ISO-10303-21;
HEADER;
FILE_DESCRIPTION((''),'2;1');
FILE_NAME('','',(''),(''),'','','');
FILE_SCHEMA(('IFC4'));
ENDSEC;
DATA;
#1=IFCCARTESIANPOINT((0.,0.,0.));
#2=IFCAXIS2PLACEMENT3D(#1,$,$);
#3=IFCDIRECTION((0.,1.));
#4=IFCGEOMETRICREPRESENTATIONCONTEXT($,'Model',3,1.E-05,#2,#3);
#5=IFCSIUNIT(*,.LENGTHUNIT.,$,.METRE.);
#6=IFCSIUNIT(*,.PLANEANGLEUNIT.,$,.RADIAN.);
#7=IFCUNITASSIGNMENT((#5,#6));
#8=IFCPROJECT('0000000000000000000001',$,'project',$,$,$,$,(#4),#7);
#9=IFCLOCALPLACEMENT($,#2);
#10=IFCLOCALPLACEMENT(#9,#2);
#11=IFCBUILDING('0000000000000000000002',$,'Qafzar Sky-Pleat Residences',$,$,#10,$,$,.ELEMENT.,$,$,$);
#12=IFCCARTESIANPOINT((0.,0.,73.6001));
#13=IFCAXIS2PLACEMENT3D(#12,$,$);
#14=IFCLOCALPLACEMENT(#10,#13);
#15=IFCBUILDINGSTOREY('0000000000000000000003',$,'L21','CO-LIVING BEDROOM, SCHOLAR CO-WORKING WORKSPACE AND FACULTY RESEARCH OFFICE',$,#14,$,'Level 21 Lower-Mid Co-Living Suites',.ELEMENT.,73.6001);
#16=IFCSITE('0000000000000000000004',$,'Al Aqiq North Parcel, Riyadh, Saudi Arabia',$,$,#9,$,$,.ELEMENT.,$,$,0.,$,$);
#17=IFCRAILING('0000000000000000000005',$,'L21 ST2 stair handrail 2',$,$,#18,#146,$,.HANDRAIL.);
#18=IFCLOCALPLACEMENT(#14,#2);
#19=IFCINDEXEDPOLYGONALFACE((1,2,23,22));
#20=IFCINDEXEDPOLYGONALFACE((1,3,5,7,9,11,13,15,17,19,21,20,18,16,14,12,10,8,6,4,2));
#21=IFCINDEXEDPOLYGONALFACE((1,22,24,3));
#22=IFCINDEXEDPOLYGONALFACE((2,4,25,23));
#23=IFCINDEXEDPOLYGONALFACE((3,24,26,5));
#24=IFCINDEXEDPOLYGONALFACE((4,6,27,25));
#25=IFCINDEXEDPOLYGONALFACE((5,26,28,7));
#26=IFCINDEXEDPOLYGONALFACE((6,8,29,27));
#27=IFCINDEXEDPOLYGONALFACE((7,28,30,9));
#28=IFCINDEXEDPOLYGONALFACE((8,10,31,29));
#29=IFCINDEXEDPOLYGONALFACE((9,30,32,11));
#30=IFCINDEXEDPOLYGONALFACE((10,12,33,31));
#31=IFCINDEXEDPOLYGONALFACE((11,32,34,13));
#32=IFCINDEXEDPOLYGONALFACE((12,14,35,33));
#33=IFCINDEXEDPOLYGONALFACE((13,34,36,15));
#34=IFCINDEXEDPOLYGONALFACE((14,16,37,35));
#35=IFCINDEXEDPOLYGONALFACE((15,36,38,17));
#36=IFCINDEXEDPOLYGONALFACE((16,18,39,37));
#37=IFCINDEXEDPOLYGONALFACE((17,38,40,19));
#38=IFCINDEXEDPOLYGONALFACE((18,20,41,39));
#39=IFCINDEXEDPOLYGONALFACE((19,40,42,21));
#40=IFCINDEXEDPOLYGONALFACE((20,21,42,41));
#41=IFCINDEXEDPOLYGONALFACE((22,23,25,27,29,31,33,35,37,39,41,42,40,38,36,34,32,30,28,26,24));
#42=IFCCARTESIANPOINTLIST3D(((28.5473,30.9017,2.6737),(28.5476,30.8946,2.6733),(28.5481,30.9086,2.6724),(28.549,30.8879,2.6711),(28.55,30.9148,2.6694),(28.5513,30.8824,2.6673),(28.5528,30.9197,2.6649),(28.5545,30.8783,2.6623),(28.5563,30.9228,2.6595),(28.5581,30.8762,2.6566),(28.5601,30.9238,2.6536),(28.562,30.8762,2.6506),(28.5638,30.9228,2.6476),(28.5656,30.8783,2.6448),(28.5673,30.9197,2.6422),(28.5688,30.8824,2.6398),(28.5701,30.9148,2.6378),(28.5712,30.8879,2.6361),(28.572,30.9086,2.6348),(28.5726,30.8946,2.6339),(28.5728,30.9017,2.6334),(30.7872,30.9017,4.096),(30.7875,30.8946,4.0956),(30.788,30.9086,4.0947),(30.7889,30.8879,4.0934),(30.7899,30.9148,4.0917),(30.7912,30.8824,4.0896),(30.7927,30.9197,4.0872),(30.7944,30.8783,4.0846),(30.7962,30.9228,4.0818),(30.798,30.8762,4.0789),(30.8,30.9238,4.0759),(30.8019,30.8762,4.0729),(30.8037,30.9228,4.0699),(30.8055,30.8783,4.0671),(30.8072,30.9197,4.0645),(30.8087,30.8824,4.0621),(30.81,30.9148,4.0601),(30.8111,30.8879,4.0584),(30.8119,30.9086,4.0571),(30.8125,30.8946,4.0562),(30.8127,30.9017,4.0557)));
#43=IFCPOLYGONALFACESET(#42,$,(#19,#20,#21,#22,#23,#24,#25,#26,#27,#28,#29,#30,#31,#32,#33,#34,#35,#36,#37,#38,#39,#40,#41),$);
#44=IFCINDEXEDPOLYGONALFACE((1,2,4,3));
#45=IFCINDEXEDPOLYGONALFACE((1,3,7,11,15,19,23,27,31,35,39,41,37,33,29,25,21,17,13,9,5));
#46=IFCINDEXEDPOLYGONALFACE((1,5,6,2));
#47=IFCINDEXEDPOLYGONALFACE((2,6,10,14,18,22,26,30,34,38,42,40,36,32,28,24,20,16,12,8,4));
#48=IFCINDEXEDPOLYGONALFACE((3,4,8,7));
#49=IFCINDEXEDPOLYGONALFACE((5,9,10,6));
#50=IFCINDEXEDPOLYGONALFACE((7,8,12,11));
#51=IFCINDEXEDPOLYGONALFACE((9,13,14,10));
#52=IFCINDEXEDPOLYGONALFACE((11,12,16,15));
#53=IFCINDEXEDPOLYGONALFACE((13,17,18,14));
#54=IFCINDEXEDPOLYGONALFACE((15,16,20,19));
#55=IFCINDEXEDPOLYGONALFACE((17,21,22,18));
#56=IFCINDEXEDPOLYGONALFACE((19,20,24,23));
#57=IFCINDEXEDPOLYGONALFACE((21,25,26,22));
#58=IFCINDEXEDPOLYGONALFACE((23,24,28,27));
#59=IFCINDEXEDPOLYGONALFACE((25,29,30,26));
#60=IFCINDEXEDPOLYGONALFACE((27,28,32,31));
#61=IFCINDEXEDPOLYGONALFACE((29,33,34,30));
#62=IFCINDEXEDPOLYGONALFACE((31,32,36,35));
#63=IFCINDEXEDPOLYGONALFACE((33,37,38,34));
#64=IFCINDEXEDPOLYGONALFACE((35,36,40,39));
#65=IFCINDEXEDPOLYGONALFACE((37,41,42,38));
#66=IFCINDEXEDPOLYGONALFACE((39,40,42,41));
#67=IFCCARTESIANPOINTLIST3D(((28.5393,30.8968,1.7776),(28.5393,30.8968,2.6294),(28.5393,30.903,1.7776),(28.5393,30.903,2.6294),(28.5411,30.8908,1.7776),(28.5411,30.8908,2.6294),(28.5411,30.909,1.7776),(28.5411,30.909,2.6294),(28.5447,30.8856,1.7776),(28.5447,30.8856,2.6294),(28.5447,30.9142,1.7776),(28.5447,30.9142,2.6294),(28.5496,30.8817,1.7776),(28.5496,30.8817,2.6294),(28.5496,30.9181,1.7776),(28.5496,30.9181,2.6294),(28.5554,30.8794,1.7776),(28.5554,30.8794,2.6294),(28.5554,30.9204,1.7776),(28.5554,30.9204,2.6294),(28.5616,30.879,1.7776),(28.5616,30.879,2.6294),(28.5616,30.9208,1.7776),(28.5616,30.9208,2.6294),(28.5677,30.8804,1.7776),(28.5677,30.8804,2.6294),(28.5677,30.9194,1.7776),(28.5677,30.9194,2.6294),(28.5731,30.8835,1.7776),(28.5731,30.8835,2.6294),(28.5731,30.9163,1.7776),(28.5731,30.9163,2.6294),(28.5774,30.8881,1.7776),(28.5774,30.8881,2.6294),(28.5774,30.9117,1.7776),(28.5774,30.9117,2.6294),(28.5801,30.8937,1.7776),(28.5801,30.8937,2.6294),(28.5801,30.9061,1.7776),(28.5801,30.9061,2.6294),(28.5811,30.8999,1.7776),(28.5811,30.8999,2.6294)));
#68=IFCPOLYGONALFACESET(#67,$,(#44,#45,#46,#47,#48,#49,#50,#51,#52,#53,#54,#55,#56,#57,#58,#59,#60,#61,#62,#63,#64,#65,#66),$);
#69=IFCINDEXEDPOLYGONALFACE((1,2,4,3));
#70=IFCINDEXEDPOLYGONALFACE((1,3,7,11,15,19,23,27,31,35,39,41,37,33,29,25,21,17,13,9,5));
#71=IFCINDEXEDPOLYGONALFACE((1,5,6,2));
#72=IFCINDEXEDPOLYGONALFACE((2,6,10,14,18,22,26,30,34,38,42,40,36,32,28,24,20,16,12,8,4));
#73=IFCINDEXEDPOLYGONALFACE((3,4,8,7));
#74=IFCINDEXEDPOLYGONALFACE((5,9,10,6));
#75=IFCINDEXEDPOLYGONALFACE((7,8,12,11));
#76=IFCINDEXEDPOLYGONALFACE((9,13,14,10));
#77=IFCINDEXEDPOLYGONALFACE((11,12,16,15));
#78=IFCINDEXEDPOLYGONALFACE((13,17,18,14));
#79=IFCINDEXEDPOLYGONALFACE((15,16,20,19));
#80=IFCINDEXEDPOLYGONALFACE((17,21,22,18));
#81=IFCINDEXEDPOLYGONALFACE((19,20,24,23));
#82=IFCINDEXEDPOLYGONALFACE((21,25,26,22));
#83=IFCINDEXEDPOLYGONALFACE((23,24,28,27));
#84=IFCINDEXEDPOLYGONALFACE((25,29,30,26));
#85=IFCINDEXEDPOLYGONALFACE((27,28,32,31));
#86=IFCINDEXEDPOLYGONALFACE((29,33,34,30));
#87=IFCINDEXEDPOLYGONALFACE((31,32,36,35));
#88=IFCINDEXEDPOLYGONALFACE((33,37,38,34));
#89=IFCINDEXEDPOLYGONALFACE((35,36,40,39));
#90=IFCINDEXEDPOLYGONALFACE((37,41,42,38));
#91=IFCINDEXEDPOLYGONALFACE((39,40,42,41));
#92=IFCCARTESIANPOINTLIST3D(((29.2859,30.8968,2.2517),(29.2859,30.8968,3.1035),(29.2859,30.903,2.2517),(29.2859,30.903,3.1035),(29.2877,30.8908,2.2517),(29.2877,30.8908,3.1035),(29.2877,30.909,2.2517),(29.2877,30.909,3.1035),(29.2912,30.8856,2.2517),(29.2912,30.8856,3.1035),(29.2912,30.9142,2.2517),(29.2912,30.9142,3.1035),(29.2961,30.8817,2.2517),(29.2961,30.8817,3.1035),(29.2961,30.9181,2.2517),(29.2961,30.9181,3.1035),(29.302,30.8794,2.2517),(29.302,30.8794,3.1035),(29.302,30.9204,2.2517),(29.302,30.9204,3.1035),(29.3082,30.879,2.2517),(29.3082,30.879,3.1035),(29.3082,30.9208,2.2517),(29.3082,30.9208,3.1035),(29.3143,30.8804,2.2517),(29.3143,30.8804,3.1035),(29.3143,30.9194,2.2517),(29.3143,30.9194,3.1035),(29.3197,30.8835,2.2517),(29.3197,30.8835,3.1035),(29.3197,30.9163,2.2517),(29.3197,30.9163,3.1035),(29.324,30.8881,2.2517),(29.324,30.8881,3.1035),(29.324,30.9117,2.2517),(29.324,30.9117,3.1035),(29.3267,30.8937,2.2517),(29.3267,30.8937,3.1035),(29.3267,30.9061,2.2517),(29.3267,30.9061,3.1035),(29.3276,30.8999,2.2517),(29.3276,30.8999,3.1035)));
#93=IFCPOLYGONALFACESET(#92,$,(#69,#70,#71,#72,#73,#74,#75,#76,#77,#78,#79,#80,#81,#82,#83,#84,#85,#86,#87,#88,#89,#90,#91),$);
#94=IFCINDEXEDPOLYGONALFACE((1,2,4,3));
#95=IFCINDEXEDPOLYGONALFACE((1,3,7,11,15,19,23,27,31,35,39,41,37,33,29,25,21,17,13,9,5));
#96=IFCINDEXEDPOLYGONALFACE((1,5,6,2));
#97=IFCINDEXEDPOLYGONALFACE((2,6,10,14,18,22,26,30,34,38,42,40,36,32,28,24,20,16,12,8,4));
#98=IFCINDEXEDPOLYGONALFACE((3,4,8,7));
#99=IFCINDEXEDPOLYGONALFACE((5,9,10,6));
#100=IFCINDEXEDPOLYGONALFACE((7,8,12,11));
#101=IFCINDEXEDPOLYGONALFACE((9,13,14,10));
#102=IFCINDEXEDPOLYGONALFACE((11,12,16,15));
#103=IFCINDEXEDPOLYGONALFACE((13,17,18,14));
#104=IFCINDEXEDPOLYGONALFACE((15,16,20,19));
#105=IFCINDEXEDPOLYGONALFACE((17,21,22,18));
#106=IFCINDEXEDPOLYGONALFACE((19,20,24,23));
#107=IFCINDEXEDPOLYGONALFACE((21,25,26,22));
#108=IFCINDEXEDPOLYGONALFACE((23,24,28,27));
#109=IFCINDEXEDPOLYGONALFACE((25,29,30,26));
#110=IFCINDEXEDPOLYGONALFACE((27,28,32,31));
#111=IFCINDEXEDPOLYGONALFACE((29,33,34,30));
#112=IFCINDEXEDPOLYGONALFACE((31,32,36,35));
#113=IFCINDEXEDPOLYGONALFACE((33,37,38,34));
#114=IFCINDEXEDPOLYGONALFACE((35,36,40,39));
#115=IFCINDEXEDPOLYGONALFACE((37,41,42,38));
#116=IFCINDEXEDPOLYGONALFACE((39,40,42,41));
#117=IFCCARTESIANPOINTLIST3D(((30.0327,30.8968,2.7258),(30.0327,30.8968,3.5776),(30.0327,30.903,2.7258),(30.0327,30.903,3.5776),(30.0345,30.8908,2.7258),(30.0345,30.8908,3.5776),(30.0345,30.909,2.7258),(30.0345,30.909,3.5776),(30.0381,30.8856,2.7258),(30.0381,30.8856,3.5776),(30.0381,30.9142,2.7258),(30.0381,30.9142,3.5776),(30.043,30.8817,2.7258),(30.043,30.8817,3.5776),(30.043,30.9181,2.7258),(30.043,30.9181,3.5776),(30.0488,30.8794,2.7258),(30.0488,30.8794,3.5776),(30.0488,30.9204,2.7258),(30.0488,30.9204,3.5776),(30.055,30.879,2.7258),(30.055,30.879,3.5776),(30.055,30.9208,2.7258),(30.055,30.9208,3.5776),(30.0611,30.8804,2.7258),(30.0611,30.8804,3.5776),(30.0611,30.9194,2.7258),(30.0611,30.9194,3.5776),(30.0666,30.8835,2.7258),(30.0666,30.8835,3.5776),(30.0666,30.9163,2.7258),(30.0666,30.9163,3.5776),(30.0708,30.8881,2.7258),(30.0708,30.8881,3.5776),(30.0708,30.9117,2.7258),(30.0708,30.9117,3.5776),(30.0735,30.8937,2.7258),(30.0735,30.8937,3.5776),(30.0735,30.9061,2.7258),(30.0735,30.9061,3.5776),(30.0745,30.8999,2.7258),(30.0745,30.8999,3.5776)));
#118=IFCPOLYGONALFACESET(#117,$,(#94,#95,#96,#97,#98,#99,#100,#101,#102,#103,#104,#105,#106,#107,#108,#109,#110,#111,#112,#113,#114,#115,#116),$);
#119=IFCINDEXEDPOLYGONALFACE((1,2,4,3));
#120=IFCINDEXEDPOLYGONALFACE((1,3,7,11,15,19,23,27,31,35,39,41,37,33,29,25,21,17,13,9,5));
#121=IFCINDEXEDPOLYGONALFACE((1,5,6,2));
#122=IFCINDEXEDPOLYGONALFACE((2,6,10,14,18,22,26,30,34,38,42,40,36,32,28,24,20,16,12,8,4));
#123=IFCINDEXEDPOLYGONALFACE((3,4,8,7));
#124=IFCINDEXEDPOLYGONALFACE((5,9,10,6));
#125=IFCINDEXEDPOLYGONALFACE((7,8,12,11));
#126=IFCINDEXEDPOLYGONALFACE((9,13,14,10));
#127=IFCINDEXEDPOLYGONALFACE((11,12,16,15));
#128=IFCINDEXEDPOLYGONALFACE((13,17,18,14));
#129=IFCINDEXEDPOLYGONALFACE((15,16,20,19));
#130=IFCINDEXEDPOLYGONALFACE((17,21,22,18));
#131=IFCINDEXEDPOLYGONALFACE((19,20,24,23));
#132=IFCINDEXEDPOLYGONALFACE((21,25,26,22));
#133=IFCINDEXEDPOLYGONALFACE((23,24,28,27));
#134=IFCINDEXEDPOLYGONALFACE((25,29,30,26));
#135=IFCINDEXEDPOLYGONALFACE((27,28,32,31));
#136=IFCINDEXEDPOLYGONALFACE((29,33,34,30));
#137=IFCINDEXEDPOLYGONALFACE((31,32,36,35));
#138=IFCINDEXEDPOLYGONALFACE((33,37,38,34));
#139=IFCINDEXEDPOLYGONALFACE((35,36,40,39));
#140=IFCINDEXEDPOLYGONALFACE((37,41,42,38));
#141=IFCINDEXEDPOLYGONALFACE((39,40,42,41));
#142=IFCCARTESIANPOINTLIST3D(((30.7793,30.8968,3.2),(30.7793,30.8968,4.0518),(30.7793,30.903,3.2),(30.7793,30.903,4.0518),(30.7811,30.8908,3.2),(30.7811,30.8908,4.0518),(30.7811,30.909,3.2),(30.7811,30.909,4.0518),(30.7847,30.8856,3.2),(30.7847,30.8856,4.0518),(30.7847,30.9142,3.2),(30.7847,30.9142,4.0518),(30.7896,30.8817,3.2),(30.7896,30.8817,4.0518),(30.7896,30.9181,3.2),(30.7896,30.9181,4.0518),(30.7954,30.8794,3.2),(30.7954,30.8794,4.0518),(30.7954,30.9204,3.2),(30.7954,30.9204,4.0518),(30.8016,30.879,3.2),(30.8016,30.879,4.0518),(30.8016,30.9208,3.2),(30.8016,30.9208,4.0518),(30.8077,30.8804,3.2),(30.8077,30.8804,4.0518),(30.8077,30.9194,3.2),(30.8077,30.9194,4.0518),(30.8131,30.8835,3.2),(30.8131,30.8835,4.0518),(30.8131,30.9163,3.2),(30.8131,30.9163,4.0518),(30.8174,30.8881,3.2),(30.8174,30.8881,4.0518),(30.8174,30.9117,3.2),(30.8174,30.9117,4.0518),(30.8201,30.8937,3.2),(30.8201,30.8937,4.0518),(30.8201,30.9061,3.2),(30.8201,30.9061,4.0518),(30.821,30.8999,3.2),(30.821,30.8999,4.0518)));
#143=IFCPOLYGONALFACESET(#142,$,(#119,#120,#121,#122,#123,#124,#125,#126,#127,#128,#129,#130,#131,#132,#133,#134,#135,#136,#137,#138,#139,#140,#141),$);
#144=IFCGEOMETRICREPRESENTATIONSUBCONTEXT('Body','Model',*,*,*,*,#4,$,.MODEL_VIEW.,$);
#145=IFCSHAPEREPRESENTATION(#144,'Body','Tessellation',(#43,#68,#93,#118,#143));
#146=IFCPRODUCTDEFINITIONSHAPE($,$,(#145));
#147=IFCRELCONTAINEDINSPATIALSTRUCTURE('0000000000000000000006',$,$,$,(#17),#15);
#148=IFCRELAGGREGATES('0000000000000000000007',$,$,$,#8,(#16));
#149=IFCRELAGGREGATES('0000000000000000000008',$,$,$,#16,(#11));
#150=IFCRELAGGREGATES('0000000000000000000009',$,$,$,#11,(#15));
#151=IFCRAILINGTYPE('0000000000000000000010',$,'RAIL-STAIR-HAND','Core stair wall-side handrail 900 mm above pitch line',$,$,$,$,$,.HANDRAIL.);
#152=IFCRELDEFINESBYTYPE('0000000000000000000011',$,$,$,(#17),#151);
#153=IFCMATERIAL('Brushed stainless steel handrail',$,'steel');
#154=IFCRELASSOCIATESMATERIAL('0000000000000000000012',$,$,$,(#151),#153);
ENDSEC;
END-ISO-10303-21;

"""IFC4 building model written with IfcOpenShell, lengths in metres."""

from ifc_helpers import new_model, si_unit, direction, frame, origin, origin_2d, place, context, subcontext, project, spatial, circle, extrude, source, transform, mapped, material, type_object, element, save


model = new_model("IFC4")

# Units and contexts
model_context = context("Model", 3, precision=1e-05, world=origin(), true_north=direction((0.0, 1.0)))
body_context = subcontext(model_context, "Body", "Model", "MODEL_VIEW")
ifc_project = project(units=[si_unit("LENGTHUNIT", "METRE"), si_unit("PLANEANGLEUNIT", "RADIAN")], contexts=[model_context])

# Site, building, storey
site_placement = place(None, origin())
site = spatial("IfcSite", under=ifc_project, at=site_placement, Name="Al Aqiq North Parcel, Riyadh, Saudi Arabia", CompositionType="ELEMENT", RefElevation=0.0)
building_placement = place(site_placement, origin())
building = spatial("IfcBuilding", under=site, at=building_placement, Name="Qafzar Sky-Pleat Residences", CompositionType="ELEMENT")
storey_placement = place(building_placement, frame((0.0, 0.0, 73.6001)))
storey = spatial("IfcBuildingStorey", under=building, at=storey_placement, Name="L21", Description="CO-LIVING BEDROOM, SCHOLAR CO-WORKING WORKSPACE AND FACULTY RESEARCH OFFICE", LongName="Level 21 Lower-Mid Co-Living Suites", CompositionType="ELEMENT", Elevation=73.6001)

# Railing
ifc_material_1 = material(Name="Brushed stainless steel handrail", Category="steel")
railing_type_1 = type_object("IfcRailingType", Name="RAIL-STAIR-HAND", Description="Core stair wall-side handrail 900 mm above pitch line", PredefinedType="HANDRAIL", material=ifc_material_1)
shared_shape_1 = source(origin(), body_context, "Body", "SweptSolid", [
    extrude(circle(Radius=0.0239, at=origin_2d()), frame((0.0, 0.0, 0.876), z_axis=(0.844188, 0.0, 0.536048), x_axis=(0.0, 1.0, 0.0)), (0.0, 0.0, 1.0), 2.6533),
    extrude(circle(Radius=0.021, at=origin_2d()), origin(), (0.0, 0.0, 1.0), 0.8518),
    extrude(circle(Radius=0.021, at=origin_2d()), frame((0.7466, 0.0, 0.4741)), (0.0, 0.0, 1.0), 0.8518),
    extrude(circle(Radius=0.021, at=origin_2d()), frame((1.4934, 0.0, 0.9482)), (0.0, 0.0, 1.0), 0.8518),
    extrude(circle(Radius=0.021, at=origin_2d()), frame((2.24, 0.0, 1.4224)), (0.0, 0.0, 1.0), 0.8518),
])
railing_1_placement = place(storey_placement, frame((28.5601, 30.8999, 1.7776)))
element("IfcRailing", 1, at=railing_1_placement, inside=storey, type_object=railing_type_1, Name="L21 ST2 stair handrail 2", PredefinedType="HANDRAIL", context=body_context, shape_type="MappedRepresentation", body=[
    mapped(shared_shape_1, transform((0.0, 0.0, 0.0), x_axis=(1.0, 0.0, 0.0), y_axis=(0.0, 1.0, 0.0), z_axis=(0.0, 0.0, 1.0), scale=1.0)),
])

save(model, "model.ifc")
